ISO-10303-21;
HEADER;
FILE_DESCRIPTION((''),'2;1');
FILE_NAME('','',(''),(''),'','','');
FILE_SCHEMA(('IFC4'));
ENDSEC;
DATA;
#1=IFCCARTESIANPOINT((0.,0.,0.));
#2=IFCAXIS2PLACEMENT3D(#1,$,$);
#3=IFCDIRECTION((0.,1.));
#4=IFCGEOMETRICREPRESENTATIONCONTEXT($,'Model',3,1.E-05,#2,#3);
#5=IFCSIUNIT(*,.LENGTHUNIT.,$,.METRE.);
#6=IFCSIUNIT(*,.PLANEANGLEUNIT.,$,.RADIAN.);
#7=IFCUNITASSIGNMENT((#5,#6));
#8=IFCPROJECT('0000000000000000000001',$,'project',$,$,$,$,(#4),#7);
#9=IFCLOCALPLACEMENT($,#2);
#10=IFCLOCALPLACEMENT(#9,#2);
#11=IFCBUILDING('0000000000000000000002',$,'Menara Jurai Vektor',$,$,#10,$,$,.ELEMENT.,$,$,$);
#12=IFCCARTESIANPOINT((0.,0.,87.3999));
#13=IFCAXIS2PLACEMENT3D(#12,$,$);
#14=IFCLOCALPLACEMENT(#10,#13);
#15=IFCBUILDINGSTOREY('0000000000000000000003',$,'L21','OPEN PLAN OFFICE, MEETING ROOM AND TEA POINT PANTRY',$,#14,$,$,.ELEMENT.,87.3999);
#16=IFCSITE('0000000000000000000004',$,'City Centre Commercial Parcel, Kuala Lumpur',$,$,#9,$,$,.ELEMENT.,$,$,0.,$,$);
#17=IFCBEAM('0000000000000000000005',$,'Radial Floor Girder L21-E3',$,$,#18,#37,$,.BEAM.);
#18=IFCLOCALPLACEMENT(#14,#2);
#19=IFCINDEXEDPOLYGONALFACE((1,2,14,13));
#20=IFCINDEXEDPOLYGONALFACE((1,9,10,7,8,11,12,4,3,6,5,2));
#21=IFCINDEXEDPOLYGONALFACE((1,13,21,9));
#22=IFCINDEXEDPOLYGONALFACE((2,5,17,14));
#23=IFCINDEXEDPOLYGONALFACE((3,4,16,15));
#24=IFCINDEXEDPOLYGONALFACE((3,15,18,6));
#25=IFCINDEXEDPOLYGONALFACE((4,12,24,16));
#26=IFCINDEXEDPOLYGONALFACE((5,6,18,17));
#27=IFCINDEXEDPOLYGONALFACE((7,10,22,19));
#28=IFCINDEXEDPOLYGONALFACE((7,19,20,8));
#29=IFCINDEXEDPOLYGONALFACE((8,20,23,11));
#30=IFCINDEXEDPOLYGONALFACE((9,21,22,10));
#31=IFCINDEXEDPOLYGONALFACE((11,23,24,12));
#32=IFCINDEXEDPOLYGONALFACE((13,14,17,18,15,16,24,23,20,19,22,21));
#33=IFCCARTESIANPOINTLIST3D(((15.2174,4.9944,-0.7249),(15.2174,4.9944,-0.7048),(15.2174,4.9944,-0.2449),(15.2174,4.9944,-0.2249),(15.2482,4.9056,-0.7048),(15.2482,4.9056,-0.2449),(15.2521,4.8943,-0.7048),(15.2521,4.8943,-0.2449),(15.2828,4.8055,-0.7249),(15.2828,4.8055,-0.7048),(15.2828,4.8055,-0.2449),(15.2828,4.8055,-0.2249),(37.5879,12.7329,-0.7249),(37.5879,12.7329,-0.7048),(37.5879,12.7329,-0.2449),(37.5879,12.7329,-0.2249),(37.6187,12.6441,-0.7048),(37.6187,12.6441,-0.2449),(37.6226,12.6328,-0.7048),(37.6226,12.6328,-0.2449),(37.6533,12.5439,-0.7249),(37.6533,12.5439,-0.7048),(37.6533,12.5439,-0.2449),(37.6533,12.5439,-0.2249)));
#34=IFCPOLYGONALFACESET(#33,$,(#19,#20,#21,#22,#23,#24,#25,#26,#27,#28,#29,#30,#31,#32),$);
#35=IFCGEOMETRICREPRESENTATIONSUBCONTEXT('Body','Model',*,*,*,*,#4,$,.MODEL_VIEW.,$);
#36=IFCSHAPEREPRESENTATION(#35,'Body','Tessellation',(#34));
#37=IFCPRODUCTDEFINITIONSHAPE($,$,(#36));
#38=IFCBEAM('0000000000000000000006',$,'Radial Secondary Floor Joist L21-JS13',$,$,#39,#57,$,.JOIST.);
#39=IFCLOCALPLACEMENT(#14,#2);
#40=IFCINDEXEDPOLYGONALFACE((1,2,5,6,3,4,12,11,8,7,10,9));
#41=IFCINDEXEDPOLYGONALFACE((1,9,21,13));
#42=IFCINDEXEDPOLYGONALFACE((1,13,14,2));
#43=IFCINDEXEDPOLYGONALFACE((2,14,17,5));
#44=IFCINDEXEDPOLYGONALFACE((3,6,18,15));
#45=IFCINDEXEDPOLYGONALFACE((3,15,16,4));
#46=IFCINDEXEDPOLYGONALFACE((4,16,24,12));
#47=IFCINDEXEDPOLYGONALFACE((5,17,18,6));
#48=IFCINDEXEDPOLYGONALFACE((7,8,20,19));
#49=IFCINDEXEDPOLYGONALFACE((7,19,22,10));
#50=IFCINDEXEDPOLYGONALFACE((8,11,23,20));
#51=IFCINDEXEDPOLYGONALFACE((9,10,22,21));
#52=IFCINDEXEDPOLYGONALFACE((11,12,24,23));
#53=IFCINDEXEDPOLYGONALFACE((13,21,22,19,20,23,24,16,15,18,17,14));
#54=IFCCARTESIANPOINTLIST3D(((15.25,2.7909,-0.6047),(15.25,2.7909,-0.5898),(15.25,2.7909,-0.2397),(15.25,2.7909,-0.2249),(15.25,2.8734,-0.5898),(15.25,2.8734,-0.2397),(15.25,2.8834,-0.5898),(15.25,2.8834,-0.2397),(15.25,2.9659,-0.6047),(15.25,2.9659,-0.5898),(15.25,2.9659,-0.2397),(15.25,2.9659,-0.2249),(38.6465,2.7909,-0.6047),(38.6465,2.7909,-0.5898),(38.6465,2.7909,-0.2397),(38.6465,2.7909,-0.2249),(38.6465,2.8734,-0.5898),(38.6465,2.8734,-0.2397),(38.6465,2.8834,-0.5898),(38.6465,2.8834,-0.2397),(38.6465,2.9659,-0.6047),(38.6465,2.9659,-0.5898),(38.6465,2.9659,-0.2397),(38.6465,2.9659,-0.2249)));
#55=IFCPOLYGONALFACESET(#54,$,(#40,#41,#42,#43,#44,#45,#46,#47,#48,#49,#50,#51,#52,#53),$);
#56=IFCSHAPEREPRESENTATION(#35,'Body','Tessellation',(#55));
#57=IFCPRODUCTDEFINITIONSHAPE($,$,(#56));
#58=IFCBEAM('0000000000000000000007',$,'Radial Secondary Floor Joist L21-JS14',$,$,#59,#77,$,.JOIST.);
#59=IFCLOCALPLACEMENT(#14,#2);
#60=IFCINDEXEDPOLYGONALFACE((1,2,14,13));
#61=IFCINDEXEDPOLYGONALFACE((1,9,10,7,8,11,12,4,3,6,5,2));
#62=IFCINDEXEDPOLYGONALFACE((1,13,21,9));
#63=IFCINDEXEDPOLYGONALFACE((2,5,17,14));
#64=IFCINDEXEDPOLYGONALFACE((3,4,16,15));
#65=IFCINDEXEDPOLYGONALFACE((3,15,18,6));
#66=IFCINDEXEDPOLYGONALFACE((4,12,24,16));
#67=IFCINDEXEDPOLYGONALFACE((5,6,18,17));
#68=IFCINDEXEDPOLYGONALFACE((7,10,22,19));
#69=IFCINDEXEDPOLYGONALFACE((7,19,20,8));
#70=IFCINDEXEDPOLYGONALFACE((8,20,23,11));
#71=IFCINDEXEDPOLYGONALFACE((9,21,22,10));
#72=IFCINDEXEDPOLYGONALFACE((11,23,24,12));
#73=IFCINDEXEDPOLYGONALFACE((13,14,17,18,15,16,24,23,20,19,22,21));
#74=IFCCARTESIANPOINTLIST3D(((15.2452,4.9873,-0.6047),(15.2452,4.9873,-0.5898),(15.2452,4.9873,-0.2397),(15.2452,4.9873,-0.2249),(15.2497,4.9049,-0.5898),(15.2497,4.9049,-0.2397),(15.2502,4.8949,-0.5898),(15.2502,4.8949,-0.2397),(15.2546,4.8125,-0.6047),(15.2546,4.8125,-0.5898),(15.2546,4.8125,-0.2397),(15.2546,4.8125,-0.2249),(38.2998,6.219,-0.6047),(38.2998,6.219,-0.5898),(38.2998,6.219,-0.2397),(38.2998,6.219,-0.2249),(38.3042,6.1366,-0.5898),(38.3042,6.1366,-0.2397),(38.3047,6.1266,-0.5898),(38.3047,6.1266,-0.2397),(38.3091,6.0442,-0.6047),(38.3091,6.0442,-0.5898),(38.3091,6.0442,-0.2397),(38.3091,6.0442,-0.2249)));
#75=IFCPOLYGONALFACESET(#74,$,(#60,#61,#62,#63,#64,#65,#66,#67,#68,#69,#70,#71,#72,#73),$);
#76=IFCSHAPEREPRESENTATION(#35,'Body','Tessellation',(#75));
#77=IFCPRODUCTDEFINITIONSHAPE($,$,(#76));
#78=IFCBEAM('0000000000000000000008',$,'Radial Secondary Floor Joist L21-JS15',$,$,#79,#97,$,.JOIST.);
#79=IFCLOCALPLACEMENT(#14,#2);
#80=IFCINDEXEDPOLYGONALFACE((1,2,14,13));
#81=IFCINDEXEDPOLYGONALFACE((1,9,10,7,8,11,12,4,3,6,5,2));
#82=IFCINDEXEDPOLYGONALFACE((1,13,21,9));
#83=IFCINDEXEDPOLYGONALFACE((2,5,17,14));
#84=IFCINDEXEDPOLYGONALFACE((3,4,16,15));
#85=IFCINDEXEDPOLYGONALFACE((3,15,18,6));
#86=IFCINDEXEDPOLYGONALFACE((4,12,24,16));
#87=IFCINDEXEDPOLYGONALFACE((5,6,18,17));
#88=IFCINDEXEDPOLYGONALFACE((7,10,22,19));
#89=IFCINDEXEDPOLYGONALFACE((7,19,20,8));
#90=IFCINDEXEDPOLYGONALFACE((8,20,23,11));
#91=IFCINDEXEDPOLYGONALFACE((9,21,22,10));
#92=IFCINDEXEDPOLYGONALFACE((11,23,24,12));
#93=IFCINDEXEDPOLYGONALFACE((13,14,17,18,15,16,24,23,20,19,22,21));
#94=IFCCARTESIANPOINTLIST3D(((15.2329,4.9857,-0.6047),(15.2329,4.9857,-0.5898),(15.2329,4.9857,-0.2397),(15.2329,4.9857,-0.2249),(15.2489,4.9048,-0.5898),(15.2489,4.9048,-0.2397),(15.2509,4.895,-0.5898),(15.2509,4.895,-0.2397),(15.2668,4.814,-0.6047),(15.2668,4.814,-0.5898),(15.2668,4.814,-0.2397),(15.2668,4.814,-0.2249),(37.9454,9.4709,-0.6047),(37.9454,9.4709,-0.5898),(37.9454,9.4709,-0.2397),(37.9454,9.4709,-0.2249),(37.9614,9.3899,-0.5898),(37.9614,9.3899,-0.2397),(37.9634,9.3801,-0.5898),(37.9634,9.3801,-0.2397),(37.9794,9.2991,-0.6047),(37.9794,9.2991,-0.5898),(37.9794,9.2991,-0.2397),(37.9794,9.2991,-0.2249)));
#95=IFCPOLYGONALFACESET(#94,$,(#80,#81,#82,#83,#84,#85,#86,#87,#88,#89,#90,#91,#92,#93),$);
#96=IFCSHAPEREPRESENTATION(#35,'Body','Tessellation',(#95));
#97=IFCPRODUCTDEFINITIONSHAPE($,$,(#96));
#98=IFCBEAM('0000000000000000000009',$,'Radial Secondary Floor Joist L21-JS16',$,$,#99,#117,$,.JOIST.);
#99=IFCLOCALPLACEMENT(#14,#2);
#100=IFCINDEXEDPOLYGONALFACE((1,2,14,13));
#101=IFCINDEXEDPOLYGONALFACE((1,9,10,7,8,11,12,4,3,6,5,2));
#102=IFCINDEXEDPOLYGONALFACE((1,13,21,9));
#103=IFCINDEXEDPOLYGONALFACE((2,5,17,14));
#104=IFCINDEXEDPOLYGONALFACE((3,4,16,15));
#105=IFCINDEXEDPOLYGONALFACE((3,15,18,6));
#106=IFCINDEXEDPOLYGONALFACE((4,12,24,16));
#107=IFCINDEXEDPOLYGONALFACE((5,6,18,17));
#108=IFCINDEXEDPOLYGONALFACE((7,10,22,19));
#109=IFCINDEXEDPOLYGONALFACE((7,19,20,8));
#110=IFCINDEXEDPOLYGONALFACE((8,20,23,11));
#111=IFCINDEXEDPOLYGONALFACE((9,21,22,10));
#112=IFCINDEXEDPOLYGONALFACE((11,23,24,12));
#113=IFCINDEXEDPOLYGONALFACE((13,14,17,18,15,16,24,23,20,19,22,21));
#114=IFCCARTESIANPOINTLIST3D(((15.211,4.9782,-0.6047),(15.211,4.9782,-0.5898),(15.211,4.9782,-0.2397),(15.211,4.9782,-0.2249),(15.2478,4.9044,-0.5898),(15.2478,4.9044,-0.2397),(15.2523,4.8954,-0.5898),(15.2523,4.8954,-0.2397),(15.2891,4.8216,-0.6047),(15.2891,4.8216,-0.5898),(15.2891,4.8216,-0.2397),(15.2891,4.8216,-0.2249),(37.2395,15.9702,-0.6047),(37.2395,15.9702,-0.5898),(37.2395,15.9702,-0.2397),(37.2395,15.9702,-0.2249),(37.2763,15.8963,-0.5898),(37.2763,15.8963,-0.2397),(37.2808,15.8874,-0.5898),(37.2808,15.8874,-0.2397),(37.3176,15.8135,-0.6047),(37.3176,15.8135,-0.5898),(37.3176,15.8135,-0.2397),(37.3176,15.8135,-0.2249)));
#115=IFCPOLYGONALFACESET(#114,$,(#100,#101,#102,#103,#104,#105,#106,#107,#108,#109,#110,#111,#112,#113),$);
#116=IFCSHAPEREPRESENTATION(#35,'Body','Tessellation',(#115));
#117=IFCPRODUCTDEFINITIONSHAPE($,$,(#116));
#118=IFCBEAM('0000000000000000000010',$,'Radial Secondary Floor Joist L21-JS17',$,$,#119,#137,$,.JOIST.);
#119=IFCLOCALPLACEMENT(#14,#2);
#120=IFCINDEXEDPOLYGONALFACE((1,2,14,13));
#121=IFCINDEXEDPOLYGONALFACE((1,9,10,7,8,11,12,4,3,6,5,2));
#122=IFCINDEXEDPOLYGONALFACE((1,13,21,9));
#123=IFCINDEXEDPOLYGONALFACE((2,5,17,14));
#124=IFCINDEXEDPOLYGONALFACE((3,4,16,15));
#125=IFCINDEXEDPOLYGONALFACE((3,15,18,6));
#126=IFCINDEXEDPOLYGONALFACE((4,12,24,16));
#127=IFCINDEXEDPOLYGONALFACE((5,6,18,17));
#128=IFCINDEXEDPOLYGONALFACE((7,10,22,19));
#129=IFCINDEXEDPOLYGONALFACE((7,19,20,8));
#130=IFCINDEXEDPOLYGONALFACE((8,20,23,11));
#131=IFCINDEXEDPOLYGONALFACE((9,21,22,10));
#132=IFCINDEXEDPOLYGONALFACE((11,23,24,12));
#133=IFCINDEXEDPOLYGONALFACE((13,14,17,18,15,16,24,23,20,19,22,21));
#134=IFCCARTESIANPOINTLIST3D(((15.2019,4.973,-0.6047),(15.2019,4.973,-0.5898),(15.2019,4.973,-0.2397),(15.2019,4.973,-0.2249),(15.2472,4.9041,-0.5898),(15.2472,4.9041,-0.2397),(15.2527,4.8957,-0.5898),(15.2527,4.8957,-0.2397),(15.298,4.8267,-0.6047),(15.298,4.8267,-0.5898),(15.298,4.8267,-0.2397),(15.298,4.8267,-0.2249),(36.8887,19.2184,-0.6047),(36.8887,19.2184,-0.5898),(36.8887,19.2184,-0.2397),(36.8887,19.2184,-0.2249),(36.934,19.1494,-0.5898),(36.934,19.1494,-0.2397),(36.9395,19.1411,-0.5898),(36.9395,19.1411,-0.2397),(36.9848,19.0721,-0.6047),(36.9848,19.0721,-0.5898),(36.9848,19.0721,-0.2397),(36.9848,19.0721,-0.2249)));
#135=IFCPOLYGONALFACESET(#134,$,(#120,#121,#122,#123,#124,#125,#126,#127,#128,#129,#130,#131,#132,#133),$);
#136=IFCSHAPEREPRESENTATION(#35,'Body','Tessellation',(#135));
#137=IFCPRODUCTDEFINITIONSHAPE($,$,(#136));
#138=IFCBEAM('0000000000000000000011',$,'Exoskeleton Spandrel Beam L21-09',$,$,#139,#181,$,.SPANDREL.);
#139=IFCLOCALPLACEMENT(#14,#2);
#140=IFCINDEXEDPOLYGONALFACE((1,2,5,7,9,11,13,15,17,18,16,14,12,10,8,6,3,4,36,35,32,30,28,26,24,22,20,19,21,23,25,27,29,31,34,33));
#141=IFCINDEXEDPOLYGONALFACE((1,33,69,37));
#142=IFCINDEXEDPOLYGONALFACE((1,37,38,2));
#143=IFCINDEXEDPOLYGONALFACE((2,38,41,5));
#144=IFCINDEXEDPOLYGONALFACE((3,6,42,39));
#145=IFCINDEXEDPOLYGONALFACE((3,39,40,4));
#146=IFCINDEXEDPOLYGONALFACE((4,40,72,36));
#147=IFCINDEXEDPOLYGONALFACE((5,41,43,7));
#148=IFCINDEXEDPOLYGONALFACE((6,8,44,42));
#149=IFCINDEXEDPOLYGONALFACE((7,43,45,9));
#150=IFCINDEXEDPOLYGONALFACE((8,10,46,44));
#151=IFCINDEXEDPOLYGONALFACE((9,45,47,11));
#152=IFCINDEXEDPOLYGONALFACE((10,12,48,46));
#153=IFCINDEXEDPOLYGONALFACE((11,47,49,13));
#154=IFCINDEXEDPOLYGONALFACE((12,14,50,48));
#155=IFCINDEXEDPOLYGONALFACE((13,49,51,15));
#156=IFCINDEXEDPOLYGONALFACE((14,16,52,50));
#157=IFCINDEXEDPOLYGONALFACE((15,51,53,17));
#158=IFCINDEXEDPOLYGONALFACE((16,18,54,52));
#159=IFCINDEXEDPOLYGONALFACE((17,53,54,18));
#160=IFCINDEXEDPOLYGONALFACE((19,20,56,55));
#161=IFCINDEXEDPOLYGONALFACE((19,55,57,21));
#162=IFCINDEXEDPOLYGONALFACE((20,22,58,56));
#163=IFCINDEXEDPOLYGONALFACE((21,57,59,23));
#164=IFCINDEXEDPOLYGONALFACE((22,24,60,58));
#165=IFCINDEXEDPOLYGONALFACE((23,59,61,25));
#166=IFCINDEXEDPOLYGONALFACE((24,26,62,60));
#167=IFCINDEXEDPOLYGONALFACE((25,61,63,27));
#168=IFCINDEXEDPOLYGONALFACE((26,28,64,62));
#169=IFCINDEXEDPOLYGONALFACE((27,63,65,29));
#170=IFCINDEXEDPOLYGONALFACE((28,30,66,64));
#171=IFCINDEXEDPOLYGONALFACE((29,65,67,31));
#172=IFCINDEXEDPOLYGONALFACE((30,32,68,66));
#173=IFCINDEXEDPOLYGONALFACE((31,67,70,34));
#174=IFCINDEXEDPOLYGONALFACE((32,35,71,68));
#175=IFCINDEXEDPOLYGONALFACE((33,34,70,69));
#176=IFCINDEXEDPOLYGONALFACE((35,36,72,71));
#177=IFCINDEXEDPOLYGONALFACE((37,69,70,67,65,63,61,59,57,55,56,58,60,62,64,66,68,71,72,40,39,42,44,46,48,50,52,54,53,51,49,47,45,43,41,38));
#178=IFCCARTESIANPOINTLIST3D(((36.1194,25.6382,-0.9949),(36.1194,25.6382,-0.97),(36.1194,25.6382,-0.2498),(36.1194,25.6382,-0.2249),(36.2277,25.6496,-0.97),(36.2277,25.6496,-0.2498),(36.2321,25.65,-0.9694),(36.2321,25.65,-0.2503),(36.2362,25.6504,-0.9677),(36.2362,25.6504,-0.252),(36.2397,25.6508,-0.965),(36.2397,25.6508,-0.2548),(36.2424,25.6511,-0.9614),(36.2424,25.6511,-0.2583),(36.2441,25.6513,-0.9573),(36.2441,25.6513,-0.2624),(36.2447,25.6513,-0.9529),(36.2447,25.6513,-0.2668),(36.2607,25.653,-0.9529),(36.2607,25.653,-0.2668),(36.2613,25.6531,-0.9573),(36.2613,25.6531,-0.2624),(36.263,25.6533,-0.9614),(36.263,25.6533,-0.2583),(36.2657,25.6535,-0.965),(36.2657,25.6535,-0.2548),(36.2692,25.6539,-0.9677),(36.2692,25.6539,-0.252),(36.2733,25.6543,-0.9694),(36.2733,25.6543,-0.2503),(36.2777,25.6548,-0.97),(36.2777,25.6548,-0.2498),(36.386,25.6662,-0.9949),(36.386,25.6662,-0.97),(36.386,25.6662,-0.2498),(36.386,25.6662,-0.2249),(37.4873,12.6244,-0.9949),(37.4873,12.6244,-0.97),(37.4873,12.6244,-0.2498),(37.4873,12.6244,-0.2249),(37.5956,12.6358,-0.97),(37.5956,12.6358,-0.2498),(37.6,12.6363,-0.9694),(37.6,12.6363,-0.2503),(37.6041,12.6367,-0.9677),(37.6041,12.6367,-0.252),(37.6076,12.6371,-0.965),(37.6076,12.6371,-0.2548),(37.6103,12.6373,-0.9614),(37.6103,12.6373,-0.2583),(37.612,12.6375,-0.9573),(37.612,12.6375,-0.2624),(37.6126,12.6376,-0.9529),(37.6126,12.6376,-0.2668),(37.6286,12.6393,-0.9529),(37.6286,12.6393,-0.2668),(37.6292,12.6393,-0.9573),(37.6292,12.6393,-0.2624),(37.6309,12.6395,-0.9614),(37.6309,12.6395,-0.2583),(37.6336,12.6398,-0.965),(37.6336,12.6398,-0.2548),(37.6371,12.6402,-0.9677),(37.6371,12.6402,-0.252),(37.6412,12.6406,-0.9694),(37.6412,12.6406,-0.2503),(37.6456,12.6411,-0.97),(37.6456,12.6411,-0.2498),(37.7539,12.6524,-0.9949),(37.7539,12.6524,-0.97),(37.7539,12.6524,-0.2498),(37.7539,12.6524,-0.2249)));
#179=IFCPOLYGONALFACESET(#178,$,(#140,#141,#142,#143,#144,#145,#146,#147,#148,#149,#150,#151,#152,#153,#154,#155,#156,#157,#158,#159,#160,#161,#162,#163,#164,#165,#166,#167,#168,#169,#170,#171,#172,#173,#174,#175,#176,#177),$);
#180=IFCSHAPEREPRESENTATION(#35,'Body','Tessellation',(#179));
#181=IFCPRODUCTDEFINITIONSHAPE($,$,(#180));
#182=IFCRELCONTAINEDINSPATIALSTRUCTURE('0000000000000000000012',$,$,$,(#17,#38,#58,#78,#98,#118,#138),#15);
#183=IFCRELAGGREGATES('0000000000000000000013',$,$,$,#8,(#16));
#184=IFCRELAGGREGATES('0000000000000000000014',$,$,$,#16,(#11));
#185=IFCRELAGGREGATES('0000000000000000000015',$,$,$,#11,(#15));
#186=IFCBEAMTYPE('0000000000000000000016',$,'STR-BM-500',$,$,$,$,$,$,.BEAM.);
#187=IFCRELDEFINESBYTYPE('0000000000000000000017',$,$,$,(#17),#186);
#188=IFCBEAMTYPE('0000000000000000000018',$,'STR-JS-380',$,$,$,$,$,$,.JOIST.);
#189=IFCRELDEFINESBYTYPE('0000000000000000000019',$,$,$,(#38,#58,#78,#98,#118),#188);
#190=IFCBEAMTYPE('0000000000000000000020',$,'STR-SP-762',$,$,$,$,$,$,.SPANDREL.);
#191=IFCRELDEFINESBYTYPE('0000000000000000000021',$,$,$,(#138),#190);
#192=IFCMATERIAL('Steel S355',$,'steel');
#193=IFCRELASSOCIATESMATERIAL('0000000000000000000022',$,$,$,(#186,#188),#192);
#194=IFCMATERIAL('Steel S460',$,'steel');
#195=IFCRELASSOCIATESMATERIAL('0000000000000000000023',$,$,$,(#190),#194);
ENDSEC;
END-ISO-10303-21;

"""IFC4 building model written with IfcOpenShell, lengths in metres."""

from ifc_helpers import new_model, si_unit, direction, frame, origin, origin_2d, place, context, subcontext, project, spatial, i_section, extrude, material, material_profile, profile_set, type_object, element, save


model = new_model("IFC4")

# Units and contexts
model_context = context("Model", 3, precision=1e-05, world=origin(), true_north=direction((0.0, 1.0)))
body_context = subcontext(model_context, "Body", "Model", "MODEL_VIEW")
ifc_project = project(units=[si_unit("LENGTHUNIT", "METRE"), si_unit("PLANEANGLEUNIT", "RADIAN")], contexts=[model_context])

# Site, building, storey
site_placement = place(None, origin())
site = spatial("IfcSite", under=ifc_project, at=site_placement, Name="City Centre Commercial Parcel, Kuala Lumpur", CompositionType="ELEMENT", RefElevation=0.0)
building_placement = place(site_placement, origin())
building = spatial("IfcBuilding", under=site, at=building_placement, Name="Menara Jurai Vektor", CompositionType="ELEMENT")
storey_placement = place(building_placement, frame((0.0, 0.0, 87.3999)))
storey = spatial("IfcBuildingStorey", under=building, at=storey_placement, Name="L21", Description="OPEN PLAN OFFICE, MEETING ROOM AND TEA POINT PANTRY", CompositionType="ELEMENT", Elevation=87.3999)

# Shared definitions
ifc_material_1 = material(Name="Steel S460", Category="steel")

# Beams
ifc_material_2 = material(Name="Steel S355", Category="steel")
ifc_material_profile_1 = material_profile(ifc_material_2, i_section(OverallWidth=0.2, OverallDepth=0.5, WebThickness=0.012, FlangeThickness=0.02, at=origin_2d()), Name="PG 500x200x96")
ifc_profile_set_1 = profile_set([ifc_material_profile_1], Name="Steel S355")
beam_type_1 = type_object("IfcBeamType", Name="STR-BM-500", PredefinedType="BEAM", material=ifc_profile_set_1)
beam_1_placement = place(storey_placement, frame((37.6206, 12.6384, -0.4749), z_axis=(-0.945053, -0.326916, 0.0), x_axis=(0.326916, -0.945053, 0.0)))
element("IfcBeam", 1, at=beam_1_placement, inside=storey, type_object=beam_type_1, Name="Radial Floor Girder L21-E3", PredefinedType="BEAM", context=body_context, shape_type="SweptSolid", body=[
    extrude(i_section(OverallWidth=0.2, OverallDepth=0.5, WebThickness=0.012, FlangeThickness=0.02, at=origin_2d()), origin(), (0.0, 0.0, 1.0), 23.6711),
])
ifc_material_profile_2 = material_profile(ifc_material_2, i_section(OverallWidth=0.175, OverallDepth=0.3799, WebThickness=0.01, FlangeThickness=0.0149, at=origin_2d()), Name="PG 380x175x58")
ifc_profile_set_2 = profile_set([ifc_material_profile_2], Name="Steel S355")
beam_type_2 = type_object("IfcBeamType", Name="STR-JS-380", PredefinedType="JOIST", material=ifc_profile_set_2)
beam_2_placement = place(storey_placement, frame((38.6465, 2.8784, -0.4148), z_axis=(-1.0, 0.0, 0.0), x_axis=(0.0, -1.0, 0.0)))
element("IfcBeam", 2, at=beam_2_placement, inside=storey, type_object=beam_type_2, Name="Radial Secondary Floor Joist L21-JS13", PredefinedType="JOIST", context=body_context, shape_type="SweptSolid", body=[
    extrude(i_section(OverallWidth=0.175, OverallDepth=0.3799, WebThickness=0.01, FlangeThickness=0.0149, at=origin_2d()), origin(), (0.0, 0.0, 1.0), 23.3965),
])
beam_3_placement = place(storey_placement, frame((38.3044, 6.1316, -0.4148), z_axis=(-0.998576, -0.053349, 0.0), x_axis=(0.053349, -0.998576, 0.0)))
element("IfcBeam", 3, at=beam_3_placement, inside=storey, type_object=beam_type_2, Name="Radial Secondary Floor Joist L21-JS14", PredefinedType="JOIST", context=body_context, shape_type="SweptSolid", body=[
    extrude(i_section(OverallWidth=0.175, OverallDepth=0.3799, WebThickness=0.01, FlangeThickness=0.0149, at=origin_2d()), origin(), (0.0, 0.0, 1.0), 23.0874),
])
beam_4_placement = place(storey_placement, frame((37.9624, 9.385, -0.4148), z_axis=(-0.981054, -0.193733, 0.0), x_axis=(0.193733, -0.981054, 0.0)))
element("IfcBeam", 4, at=beam_4_placement, inside=storey, type_object=beam_type_2, Name="Radial Secondary Floor Joist L21-JS15", PredefinedType="JOIST", context=body_context, shape_type="SweptSolid", body=[
    extrude(i_section(OverallWidth=0.175, OverallDepth=0.3799, WebThickness=0.01, FlangeThickness=0.0149, at=origin_2d()), origin(), (0.0, 0.0, 1.0), 23.1511),
])
beam_5_placement = place(storey_placement, frame((37.2786, 15.8918, -0.4148), z_axis=(-0.89479, -0.446488, 0.0), x_axis=(0.446488, -0.89479, 0.0)))
element("IfcBeam", 5, at=beam_5_placement, inside=storey, type_object=beam_type_2, Name="Radial Secondary Floor Joist L21-JS16", PredefinedType="JOIST", context=body_context, shape_type="SweptSolid", body=[
    extrude(i_section(OverallWidth=0.175, OverallDepth=0.3799, WebThickness=0.01, FlangeThickness=0.0149, at=origin_2d()), origin(), (0.0, 0.0, 1.0), 24.6187),
])
beam_6_placement = place(storey_placement, frame((36.9368, 19.1453, -0.4148), z_axis=(-0.835811, -0.549018, 0.0), x_axis=(0.549018, -0.835811, 0.0)))
element("IfcBeam", 6, at=beam_6_placement, inside=storey, type_object=beam_type_2, Name="Radial Secondary Floor Joist L21-JS17", PredefinedType="JOIST", context=body_context, shape_type="SweptSolid", body=[
    extrude(i_section(OverallWidth=0.175, OverallDepth=0.3799, WebThickness=0.01, FlangeThickness=0.0149, at=origin_2d()), origin(), (0.0, 0.0, 1.0), 25.947),
])
ifc_material_profile_3 = material_profile(ifc_material_1, i_section(OverallWidth=0.2681, OverallDepth=0.77, WebThickness=0.0161, FlangeThickness=0.0249, FilletRadius=0.0171, at=origin_2d()), Name="UKB 762x267x197")
ifc_profile_set_3 = profile_set([ifc_material_profile_3], Name="Steel S460")
beam_type_3 = type_object("IfcBeamType", Name="STR-SP-762", PredefinedType="SPANDREL", material=ifc_profile_set_3)
beam_7_placement = place(storey_placement, frame((37.6206, 12.6384, -0.6099), z_axis=(-0.104538, 0.994521, 0.0), x_axis=(-0.994521, -0.104538, 0.0)))
element("IfcBeam", 7, at=beam_7_placement, inside=storey, type_object=beam_type_3, Name="Exoskeleton Spandrel Beam L21-09", PredefinedType="SPANDREL", context=body_context, shape_type="SweptSolid", body=[
    extrude(i_section(OverallWidth=0.2681, OverallDepth=0.77, WebThickness=0.0161, FlangeThickness=0.0249, FilletRadius=0.0171, at=origin_2d()), origin(), (0.0, 0.0, 1.0), 13.0854),
])

save(model, "model.ifc")
